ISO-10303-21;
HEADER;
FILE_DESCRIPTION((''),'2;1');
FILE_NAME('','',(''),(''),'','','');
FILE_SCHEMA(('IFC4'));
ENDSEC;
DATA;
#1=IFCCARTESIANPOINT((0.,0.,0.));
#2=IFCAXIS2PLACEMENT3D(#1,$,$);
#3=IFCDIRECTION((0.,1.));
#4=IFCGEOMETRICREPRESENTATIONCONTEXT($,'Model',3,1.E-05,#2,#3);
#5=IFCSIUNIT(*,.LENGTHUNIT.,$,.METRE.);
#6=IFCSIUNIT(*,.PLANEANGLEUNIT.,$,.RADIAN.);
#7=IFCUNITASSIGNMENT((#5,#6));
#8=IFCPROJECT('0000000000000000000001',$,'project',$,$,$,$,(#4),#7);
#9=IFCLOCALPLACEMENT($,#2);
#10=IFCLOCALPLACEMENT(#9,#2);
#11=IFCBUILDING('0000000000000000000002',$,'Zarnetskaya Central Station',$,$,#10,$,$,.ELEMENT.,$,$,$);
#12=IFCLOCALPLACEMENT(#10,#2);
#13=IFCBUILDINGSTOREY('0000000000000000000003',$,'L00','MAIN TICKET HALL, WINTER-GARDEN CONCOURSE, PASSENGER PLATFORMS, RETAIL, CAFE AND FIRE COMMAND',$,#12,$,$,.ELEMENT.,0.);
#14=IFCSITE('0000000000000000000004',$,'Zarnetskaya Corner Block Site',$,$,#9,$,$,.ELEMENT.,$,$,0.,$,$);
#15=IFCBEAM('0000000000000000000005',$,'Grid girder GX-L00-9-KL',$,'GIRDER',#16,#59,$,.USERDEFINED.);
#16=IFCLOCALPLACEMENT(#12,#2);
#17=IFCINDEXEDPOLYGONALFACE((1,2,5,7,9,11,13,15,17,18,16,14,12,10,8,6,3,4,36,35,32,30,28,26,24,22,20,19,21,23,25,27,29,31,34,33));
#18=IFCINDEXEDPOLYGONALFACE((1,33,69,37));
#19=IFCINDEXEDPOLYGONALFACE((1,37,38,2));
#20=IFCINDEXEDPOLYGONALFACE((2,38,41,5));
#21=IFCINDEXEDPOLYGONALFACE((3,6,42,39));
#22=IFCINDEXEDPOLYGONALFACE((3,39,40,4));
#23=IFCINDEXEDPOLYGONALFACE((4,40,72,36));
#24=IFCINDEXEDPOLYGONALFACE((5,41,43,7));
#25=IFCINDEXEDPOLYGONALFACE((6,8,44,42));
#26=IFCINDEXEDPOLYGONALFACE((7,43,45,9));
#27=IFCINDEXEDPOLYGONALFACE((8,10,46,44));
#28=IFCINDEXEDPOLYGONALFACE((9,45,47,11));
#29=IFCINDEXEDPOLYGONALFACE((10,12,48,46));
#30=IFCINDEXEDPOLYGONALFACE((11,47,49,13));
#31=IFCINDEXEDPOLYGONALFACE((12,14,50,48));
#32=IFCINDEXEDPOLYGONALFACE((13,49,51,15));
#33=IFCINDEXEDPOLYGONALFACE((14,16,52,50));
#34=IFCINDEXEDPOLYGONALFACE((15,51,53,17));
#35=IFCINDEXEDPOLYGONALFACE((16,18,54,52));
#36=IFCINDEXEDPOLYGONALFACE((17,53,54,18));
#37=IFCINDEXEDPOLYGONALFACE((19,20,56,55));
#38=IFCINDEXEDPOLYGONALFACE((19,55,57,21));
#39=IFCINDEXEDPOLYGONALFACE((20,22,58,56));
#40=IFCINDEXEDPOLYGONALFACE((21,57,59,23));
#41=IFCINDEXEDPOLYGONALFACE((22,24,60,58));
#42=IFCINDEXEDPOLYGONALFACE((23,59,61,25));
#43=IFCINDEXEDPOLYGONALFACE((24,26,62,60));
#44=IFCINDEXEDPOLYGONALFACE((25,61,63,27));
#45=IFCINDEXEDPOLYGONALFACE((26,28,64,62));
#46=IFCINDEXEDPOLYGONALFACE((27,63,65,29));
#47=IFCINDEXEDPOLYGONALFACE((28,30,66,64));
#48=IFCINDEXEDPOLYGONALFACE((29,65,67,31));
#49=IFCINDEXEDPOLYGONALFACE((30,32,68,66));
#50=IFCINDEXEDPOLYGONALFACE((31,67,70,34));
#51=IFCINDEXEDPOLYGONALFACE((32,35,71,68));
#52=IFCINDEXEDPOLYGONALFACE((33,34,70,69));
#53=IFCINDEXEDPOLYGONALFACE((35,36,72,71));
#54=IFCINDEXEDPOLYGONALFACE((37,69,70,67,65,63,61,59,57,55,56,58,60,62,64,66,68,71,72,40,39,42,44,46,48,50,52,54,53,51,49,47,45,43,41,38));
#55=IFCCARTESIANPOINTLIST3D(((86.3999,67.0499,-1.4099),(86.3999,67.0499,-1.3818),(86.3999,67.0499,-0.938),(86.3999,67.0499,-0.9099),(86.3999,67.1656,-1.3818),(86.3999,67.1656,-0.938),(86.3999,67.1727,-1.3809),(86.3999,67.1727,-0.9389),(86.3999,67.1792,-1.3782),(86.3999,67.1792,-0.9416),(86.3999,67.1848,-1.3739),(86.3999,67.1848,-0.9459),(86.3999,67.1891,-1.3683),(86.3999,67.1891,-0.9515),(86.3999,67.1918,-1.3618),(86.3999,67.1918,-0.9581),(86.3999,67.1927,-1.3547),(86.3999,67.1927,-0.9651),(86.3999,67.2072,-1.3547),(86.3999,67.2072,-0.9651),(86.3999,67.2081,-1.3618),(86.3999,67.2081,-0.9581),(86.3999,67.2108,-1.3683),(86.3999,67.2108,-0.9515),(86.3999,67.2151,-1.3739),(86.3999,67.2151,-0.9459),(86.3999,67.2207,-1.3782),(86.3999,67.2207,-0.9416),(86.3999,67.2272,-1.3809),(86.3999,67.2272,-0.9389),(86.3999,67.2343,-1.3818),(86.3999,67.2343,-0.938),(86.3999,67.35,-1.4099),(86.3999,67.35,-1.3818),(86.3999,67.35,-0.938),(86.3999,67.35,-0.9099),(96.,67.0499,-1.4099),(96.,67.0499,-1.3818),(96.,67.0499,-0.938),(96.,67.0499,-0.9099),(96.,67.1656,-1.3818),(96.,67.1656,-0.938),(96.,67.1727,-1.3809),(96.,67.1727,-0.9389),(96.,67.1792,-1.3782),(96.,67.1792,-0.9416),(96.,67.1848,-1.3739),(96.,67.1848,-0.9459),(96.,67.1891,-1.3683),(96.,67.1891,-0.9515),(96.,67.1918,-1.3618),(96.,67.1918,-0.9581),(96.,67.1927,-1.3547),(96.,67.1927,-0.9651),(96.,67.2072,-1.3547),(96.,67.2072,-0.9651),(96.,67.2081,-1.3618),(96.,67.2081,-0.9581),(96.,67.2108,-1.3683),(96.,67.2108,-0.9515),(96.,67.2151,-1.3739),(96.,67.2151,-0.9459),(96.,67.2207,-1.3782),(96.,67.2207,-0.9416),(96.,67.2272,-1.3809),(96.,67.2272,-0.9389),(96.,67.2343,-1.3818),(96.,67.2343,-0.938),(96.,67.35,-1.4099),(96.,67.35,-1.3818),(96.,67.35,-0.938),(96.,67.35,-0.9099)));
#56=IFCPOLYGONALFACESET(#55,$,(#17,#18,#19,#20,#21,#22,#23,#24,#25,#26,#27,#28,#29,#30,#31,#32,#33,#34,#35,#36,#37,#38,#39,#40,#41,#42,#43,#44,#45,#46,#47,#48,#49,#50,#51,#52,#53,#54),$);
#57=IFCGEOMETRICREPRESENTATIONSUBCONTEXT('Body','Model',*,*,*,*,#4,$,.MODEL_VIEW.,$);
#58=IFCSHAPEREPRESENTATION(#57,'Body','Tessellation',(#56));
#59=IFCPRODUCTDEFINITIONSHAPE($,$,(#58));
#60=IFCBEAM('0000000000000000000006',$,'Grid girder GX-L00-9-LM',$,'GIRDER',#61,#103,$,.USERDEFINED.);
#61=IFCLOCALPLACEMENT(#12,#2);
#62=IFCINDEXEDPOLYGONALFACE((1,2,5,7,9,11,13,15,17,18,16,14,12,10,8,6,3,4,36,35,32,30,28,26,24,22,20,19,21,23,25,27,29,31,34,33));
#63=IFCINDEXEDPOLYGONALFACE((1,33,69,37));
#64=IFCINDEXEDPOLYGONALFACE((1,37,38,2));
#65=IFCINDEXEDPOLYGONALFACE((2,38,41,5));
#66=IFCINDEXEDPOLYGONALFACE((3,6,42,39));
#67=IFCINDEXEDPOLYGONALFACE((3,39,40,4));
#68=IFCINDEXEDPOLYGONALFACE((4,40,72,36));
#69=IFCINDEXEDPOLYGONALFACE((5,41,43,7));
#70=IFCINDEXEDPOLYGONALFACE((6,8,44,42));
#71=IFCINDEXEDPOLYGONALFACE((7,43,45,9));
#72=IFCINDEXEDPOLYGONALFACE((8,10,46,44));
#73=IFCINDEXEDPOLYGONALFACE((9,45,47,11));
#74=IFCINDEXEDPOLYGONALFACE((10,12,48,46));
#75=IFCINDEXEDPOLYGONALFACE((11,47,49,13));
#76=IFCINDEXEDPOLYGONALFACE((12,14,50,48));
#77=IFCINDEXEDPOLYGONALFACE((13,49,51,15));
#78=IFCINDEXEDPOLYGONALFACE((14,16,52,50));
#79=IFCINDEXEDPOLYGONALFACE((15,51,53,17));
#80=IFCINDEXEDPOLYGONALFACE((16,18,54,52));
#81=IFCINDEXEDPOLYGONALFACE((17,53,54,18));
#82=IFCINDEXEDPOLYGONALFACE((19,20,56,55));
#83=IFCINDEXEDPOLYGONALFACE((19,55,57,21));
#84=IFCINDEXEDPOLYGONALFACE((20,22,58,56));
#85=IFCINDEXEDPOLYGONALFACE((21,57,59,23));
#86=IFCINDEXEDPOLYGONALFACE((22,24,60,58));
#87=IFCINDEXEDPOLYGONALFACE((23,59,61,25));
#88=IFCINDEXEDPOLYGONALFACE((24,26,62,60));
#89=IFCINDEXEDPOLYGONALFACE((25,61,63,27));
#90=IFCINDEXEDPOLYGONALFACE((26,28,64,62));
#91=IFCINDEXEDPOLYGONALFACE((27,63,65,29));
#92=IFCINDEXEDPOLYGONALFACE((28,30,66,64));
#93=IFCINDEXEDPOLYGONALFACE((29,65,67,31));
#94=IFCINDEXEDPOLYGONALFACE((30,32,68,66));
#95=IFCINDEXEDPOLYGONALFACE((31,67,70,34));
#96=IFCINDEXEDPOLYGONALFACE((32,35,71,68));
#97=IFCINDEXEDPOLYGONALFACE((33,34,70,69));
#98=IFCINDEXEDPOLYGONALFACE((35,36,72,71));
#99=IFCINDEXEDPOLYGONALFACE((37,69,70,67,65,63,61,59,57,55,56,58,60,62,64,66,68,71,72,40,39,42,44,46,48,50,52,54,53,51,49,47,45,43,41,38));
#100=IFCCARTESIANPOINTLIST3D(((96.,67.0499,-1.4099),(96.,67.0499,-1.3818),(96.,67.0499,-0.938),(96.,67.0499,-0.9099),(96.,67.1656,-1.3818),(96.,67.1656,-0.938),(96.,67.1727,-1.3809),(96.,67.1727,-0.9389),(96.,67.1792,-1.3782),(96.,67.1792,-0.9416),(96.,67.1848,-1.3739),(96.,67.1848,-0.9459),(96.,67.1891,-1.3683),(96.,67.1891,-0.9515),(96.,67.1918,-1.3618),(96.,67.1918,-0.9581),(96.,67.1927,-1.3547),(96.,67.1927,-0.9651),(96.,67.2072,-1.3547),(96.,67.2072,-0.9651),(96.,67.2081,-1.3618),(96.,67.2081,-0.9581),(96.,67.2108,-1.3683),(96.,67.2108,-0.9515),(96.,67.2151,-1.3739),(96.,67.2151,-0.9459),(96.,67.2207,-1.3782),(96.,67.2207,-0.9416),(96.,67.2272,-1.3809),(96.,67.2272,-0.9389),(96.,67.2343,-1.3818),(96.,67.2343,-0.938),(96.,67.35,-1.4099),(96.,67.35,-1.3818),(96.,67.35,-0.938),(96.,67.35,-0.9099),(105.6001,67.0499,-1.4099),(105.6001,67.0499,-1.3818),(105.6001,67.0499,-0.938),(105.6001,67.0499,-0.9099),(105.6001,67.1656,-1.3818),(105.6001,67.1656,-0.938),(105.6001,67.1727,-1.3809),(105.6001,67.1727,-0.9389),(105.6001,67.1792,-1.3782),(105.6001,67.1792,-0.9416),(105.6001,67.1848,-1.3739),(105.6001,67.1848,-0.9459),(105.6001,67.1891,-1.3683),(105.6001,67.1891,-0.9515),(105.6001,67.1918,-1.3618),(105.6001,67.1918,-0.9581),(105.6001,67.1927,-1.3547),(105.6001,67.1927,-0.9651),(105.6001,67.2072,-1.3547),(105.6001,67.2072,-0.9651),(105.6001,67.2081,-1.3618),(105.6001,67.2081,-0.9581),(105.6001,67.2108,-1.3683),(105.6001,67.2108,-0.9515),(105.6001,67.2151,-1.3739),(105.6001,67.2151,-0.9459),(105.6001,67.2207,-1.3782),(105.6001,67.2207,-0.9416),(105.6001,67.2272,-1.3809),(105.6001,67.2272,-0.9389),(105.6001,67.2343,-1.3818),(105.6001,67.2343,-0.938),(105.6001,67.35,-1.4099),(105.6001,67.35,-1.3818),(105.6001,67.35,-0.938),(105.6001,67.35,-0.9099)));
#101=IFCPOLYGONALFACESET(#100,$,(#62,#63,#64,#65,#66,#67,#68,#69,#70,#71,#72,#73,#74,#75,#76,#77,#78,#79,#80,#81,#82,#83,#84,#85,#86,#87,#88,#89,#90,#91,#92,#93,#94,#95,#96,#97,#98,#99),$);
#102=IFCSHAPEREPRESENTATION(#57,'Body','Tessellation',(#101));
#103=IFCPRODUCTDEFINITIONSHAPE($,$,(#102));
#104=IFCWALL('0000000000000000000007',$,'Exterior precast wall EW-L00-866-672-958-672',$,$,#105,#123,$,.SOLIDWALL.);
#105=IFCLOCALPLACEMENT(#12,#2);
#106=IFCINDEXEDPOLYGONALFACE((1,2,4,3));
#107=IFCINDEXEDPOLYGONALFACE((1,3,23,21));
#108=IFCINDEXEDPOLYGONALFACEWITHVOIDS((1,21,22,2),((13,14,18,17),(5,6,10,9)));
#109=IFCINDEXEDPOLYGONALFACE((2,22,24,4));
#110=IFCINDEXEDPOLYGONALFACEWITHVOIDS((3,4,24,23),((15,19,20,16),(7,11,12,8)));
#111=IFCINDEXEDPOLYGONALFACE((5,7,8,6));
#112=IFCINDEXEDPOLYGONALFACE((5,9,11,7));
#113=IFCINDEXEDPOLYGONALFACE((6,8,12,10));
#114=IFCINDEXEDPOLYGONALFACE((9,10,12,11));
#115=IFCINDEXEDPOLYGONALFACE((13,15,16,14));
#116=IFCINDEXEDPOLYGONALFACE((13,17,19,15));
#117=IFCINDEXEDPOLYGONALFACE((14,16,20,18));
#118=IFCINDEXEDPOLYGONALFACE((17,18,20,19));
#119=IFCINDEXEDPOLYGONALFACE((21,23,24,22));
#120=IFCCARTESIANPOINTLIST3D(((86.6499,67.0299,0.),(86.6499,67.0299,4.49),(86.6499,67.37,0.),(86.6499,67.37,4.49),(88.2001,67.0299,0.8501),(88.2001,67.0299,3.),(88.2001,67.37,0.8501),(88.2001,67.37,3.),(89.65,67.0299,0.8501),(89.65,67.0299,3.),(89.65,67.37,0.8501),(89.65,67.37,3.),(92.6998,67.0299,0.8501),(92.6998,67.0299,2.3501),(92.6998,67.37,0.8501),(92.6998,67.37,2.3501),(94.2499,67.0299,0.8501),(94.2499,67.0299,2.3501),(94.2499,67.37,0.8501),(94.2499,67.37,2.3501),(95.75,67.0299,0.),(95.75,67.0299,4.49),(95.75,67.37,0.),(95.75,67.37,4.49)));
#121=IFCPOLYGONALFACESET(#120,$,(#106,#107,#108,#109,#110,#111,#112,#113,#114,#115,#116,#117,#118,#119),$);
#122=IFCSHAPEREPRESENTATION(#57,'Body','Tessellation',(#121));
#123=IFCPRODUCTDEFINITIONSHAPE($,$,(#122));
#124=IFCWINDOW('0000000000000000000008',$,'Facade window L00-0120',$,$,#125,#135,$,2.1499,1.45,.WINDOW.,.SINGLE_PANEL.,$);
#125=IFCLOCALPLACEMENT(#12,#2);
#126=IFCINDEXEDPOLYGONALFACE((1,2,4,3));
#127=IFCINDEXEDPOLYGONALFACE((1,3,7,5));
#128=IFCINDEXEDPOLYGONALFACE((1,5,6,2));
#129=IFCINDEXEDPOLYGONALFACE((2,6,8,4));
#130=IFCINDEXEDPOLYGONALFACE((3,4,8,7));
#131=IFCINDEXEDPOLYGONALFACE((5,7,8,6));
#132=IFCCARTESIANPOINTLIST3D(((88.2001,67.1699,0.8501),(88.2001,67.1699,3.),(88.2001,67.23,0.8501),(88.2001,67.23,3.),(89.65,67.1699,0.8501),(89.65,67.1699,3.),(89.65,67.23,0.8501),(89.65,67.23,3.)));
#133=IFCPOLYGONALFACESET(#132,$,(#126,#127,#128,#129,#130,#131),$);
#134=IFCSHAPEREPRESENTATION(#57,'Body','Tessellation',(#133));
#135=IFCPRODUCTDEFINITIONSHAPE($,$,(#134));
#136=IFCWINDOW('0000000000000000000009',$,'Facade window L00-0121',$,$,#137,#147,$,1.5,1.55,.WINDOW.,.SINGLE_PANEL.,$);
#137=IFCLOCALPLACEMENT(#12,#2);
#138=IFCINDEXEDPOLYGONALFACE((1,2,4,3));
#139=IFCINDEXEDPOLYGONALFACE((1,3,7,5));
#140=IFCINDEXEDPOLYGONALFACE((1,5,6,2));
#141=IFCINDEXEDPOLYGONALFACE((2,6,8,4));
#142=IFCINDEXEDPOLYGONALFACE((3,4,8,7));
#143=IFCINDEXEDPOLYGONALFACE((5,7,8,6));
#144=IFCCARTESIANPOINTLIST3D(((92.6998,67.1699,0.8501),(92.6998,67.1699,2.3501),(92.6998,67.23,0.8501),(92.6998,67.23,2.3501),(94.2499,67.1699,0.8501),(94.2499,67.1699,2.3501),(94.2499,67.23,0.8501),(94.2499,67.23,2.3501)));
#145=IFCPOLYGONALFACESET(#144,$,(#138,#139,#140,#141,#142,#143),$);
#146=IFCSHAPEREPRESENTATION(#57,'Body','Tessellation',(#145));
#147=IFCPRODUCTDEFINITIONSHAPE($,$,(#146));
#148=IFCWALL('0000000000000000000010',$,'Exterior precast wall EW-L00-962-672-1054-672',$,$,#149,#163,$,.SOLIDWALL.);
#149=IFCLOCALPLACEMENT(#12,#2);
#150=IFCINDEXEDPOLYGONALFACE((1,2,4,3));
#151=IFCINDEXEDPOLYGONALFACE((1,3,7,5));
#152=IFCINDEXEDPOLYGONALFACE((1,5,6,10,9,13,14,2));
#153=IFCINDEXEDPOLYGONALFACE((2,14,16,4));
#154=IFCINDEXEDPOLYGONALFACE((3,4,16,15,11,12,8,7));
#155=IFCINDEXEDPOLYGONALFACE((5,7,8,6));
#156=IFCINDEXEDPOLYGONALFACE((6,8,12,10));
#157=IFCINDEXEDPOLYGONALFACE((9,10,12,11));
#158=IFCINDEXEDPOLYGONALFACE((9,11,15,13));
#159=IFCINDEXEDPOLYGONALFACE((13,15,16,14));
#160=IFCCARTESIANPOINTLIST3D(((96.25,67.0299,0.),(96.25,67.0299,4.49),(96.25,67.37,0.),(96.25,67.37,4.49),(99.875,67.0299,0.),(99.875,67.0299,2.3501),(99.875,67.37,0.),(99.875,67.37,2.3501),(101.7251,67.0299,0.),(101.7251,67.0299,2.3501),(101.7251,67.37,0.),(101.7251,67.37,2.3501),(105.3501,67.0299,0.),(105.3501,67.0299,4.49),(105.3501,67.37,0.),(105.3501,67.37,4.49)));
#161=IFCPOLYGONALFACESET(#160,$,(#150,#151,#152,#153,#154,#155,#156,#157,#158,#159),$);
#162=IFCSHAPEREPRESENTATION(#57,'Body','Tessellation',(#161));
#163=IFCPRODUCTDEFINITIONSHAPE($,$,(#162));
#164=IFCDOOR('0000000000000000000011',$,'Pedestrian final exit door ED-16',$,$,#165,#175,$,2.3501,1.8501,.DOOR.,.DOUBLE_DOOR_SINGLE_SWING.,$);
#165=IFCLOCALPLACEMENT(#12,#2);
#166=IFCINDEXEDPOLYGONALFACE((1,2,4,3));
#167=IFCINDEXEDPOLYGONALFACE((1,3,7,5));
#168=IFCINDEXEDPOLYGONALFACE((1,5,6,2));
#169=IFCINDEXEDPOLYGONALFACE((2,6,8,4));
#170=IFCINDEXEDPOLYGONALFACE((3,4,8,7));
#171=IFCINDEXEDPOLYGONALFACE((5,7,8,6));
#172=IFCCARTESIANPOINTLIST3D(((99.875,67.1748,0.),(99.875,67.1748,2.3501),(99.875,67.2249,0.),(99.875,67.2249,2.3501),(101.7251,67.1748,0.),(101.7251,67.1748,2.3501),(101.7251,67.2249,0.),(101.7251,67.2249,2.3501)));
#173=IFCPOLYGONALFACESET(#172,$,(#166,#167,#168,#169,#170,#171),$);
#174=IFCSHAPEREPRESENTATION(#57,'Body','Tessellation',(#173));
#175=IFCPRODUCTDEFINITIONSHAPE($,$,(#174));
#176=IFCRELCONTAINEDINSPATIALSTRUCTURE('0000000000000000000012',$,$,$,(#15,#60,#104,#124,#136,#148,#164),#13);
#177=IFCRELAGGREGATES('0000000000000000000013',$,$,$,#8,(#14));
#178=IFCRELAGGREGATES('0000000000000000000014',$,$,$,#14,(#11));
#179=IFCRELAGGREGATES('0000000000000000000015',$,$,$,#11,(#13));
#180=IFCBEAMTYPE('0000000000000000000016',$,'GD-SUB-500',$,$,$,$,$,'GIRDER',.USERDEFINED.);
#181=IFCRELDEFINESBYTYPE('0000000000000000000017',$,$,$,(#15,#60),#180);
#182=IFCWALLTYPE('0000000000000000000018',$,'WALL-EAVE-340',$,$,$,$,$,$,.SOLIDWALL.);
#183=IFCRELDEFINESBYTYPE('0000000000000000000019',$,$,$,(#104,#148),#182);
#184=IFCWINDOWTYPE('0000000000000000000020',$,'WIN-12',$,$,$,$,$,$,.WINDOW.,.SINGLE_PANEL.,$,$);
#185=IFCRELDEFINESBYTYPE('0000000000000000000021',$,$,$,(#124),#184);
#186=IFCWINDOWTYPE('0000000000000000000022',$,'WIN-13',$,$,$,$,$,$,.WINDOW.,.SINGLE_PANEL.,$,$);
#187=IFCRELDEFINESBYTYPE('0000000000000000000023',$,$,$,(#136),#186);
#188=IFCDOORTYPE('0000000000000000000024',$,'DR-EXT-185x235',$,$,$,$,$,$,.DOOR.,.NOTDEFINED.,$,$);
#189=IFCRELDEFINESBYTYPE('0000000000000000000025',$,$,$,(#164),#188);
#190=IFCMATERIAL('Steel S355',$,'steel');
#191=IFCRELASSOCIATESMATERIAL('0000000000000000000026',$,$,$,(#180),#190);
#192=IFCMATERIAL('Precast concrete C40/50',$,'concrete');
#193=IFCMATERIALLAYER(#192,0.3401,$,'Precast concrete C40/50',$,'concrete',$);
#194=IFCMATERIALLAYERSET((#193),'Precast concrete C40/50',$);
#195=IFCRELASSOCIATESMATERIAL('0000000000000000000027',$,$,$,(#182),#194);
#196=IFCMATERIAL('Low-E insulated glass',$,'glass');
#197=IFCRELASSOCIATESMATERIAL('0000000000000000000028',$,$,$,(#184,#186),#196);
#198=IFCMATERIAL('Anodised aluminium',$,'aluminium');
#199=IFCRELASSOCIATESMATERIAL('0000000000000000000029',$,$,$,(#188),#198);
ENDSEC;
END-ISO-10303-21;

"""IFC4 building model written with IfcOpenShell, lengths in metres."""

from ifc_helpers import new_model, si_unit, direction, frame, frame_2d, origin, origin_2d, place, context, subcontext, project, spatial, rectangle, i_section, extrude, material, layer, layer_set, material_profile, profile_set, type_object, element, fill, save


model = new_model("IFC4")

# Units and contexts
model_context = context("Model", 3, precision=1e-05, world=origin(), true_north=direction((0.0, 1.0)))
body_context = subcontext(model_context, "Body", "Model", "MODEL_VIEW")
ifc_project = project(units=[si_unit("LENGTHUNIT", "METRE"), si_unit("PLANEANGLEUNIT", "RADIAN")], contexts=[model_context])

# Site, building, storey
site_placement = place(None, origin())
site = spatial("IfcSite", under=ifc_project, at=site_placement, Name="Zarnetskaya Corner Block Site", CompositionType="ELEMENT", RefElevation=0.0)
building_placement = place(site_placement, origin())
building = spatial("IfcBuilding", under=site, at=building_placement, Name="Zarnetskaya Central Station", CompositionType="ELEMENT")
storey_placement = place(building_placement, origin())
storey = spatial("IfcBuildingStorey", under=building, at=storey_placement, Name="L00", Description="MAIN TICKET HALL, WINTER-GARDEN CONCOURSE, PASSENGER PLATFORMS, RETAIL, CAFE AND FIRE COMMAND", CompositionType="ELEMENT", Elevation=0.0)

# Shared definitions
ifc_material_1 = material(Name="Steel S355", Category="steel")

# Beams
ifc_material_profile_1 = material_profile(ifc_material_1, i_section(OverallWidth=0.3, OverallDepth=0.5, WebThickness=0.0144, FlangeThickness=0.0281, FilletRadius=0.0271, at=origin_2d()), Name="HEB 500")
ifc_profile_set_1 = profile_set([ifc_material_profile_1], Name="Steel S355")
beam_type_1 = type_object("IfcBeamType", Name="GD-SUB-500", ElementType="GIRDER", PredefinedType="USERDEFINED", material=ifc_profile_set_1)
for number, where, z_axis, x_axis, name in (
    (1, (86.3999, 67.2, -1.1599), (1.0, 0.0, 0.0), (0.0, 1.0, 0.0), "Grid girder GX-L00-9-KL"),
    (2, (96.0, 67.2, -1.1599), (1.0, 0.0, 0.0), (0.0, 1.0, 0.0), "Grid girder GX-L00-9-LM"),
):
    element("IfcBeam", number, at=place(storey_placement, frame(where, z_axis=z_axis, x_axis=x_axis)), inside=storey, type_object=beam_type_1, Name=name, ObjectType="GIRDER", PredefinedType="USERDEFINED", context=body_context, shape_type="SweptSolid", body=[
        extrude(i_section(OverallWidth=0.3, OverallDepth=0.5, WebThickness=0.0144, FlangeThickness=0.0281, FilletRadius=0.0271, at=origin_2d()), origin(), (0.0, 0.0, 1.0), 9.6001),
    ])

# Wall, openings, windows
ifc_material_2 = material(Name="Precast concrete C40/50", Category="concrete")
ifc_layer_1 = layer(ifc_material_2, 0.3401, Name="Precast concrete C40/50", Category="concrete")
ifc_layer_set_1 = layer_set([ifc_layer_1], Name="Precast concrete C40/50")
wall_type_1 = type_object("IfcWallType", Name="WALL-EAVE-340", PredefinedType="SOLIDWALL", material=ifc_layer_set_1)
wall_1_placement = place(storey_placement, frame((86.6499, 67.2, 0.0), z_axis=(0.0, 0.0, 1.0), x_axis=(1.0, 0.0, 0.0)))
wall_1 = element("IfcWall", 3, at=wall_1_placement, inside=storey, type_object=wall_type_1, Name="Exterior precast wall EW-L00-866-672-958-672", PredefinedType="SOLIDWALL", context=body_context, shape_type="SweptSolid", body=[
    extrude(rectangle(XDim=9.1001, YDim=0.3401, at=frame_2d((4.55, 0.0))), origin(), (0.0, 0.0, 1.0), 4.49),
])
opening_1_placement = place(wall_1_placement, frame((1.55, 0.0, 0.8501)))
opening_1 = element("IfcOpeningElement", 4, at=opening_1_placement, cuts=wall_1, PredefinedType="OPENING", context=body_context, shape_type="SweptSolid", body=[
    extrude(rectangle(XDim=1.45, YDim=2.1499, at=frame_2d((0.7251, 1.075))), frame((0.0, 0.1802, 0.0), z_axis=(0.0, -1.0, 0.0), x_axis=(1.0, 0.0, 0.0)), (0.0, 0.0, 1.0), 0.3601),
])
opening_2_placement = place(wall_1_placement, frame((6.05, 0.0, 0.8501)))
opening_2 = element("IfcOpeningElement", 5, at=opening_2_placement, cuts=wall_1, PredefinedType="OPENING", context=body_context, shape_type="SweptSolid", body=[
    extrude(rectangle(XDim=1.55, YDim=1.5, at=frame_2d((0.7749, 0.75))), frame((0.0, 0.1802, 0.0), z_axis=(0.0, -1.0, 0.0), x_axis=(1.0, 0.0, 0.0)), (0.0, 0.0, 1.0), 0.3601),
])
ifc_material_3 = material(Name="Low-E insulated glass", Category="glass")
window_type_1 = type_object("IfcWindowType", Name="WIN-12", PartitioningType="SINGLE_PANEL", PredefinedType="WINDOW", material=ifc_material_3)
window_1_placement = place(opening_1_placement, origin())
window_1 = element("IfcWindow", 6, at=window_1_placement, inside=storey, type_object=window_type_1, Name="Facade window L00-0120", OverallHeight=2.1499, OverallWidth=1.45, PartitioningType="SINGLE_PANEL", PredefinedType="WINDOW", context=body_context, shape_type="SweptSolid", body=[
    extrude(rectangle(XDim=1.45, YDim=2.1499, at=frame_2d((0.7251, 1.075))), frame((0.0, 0.03, 0.0), z_axis=(0.0, -1.0, 0.0), x_axis=(1.0, 0.0, 0.0)), (0.0, 0.0, 1.0), 0.0601),
])
fill(opening_1, window_1)
window_type_2 = type_object("IfcWindowType", Name="WIN-13", PartitioningType="SINGLE_PANEL", PredefinedType="WINDOW", material=ifc_material_3)
window_2_placement = place(opening_2_placement, origin())
window_2 = element("IfcWindow", 7, at=window_2_placement, inside=storey, type_object=window_type_2, Name="Facade window L00-0121", OverallHeight=1.5, OverallWidth=1.55, PartitioningType="SINGLE_PANEL", PredefinedType="WINDOW", context=body_context, shape_type="SweptSolid", body=[
    extrude(rectangle(XDim=1.55, YDim=1.5, at=frame_2d((0.7749, 0.75))), frame((0.0, 0.03, 0.0), z_axis=(0.0, -1.0, 0.0), x_axis=(1.0, 0.0, 0.0)), (0.0, 0.0, 1.0), 0.0601),
])
fill(opening_2, window_2)

# Wall, opening, door
wall_2_placement = place(storey_placement, frame((96.25, 67.2, 0.0), z_axis=(0.0, 0.0, 1.0), x_axis=(1.0, 0.0, 0.0)))
wall_2 = element("IfcWall", 8, at=wall_2_placement, inside=storey, type_object=wall_type_1, Name="Exterior precast wall EW-L00-962-672-1054-672", PredefinedType="SOLIDWALL", context=body_context, shape_type="SweptSolid", body=[
    extrude(rectangle(XDim=9.1001, YDim=0.3401, at=frame_2d((4.55, 0.0))), origin(), (0.0, 0.0, 1.0), 4.49),
])
opening_3_placement = place(wall_2_placement, frame((3.625, 0.0, 0.0)))
opening_3 = element("IfcOpeningElement", 9, at=opening_3_placement, cuts=wall_2, PredefinedType="OPENING", context=body_context, shape_type="SweptSolid", body=[
    extrude(rectangle(XDim=1.8501, YDim=2.3501, at=frame_2d((0.925, 1.175))), frame((0.0, 0.1802, 0.0), z_axis=(0.0, -1.0, 0.0), x_axis=(1.0, 0.0, 0.0)), (0.0, 0.0, 1.0), 0.3601),
])
ifc_material_4 = material(Name="Anodised aluminium", Category="aluminium")
door_type_1 = type_object("IfcDoorType", Name="DR-EXT-185x235", OperationType="NOTDEFINED", PredefinedType="DOOR", material=ifc_material_4)
door_1_placement = place(opening_3_placement, origin())
door_1 = element("IfcDoor", 10, at=door_1_placement, inside=storey, type_object=door_type_1, Name="Pedestrian final exit door ED-16", OperationType="DOUBLE_DOOR_SINGLE_SWING", OverallHeight=2.3501, OverallWidth=1.8501, PredefinedType="DOOR", context=body_context, shape_type="SweptSolid", body=[
    extrude(rectangle(XDim=1.8501, YDim=2.3501, at=frame_2d((0.925, 1.175))), frame((0.0, 0.0249, 0.0), z_axis=(0.0, -1.0, 0.0), x_axis=(1.0, 0.0, 0.0)), (0.0, 0.0, 1.0), 0.05),
])
fill(opening_3, door_1)

save(model, "model.ifc")
